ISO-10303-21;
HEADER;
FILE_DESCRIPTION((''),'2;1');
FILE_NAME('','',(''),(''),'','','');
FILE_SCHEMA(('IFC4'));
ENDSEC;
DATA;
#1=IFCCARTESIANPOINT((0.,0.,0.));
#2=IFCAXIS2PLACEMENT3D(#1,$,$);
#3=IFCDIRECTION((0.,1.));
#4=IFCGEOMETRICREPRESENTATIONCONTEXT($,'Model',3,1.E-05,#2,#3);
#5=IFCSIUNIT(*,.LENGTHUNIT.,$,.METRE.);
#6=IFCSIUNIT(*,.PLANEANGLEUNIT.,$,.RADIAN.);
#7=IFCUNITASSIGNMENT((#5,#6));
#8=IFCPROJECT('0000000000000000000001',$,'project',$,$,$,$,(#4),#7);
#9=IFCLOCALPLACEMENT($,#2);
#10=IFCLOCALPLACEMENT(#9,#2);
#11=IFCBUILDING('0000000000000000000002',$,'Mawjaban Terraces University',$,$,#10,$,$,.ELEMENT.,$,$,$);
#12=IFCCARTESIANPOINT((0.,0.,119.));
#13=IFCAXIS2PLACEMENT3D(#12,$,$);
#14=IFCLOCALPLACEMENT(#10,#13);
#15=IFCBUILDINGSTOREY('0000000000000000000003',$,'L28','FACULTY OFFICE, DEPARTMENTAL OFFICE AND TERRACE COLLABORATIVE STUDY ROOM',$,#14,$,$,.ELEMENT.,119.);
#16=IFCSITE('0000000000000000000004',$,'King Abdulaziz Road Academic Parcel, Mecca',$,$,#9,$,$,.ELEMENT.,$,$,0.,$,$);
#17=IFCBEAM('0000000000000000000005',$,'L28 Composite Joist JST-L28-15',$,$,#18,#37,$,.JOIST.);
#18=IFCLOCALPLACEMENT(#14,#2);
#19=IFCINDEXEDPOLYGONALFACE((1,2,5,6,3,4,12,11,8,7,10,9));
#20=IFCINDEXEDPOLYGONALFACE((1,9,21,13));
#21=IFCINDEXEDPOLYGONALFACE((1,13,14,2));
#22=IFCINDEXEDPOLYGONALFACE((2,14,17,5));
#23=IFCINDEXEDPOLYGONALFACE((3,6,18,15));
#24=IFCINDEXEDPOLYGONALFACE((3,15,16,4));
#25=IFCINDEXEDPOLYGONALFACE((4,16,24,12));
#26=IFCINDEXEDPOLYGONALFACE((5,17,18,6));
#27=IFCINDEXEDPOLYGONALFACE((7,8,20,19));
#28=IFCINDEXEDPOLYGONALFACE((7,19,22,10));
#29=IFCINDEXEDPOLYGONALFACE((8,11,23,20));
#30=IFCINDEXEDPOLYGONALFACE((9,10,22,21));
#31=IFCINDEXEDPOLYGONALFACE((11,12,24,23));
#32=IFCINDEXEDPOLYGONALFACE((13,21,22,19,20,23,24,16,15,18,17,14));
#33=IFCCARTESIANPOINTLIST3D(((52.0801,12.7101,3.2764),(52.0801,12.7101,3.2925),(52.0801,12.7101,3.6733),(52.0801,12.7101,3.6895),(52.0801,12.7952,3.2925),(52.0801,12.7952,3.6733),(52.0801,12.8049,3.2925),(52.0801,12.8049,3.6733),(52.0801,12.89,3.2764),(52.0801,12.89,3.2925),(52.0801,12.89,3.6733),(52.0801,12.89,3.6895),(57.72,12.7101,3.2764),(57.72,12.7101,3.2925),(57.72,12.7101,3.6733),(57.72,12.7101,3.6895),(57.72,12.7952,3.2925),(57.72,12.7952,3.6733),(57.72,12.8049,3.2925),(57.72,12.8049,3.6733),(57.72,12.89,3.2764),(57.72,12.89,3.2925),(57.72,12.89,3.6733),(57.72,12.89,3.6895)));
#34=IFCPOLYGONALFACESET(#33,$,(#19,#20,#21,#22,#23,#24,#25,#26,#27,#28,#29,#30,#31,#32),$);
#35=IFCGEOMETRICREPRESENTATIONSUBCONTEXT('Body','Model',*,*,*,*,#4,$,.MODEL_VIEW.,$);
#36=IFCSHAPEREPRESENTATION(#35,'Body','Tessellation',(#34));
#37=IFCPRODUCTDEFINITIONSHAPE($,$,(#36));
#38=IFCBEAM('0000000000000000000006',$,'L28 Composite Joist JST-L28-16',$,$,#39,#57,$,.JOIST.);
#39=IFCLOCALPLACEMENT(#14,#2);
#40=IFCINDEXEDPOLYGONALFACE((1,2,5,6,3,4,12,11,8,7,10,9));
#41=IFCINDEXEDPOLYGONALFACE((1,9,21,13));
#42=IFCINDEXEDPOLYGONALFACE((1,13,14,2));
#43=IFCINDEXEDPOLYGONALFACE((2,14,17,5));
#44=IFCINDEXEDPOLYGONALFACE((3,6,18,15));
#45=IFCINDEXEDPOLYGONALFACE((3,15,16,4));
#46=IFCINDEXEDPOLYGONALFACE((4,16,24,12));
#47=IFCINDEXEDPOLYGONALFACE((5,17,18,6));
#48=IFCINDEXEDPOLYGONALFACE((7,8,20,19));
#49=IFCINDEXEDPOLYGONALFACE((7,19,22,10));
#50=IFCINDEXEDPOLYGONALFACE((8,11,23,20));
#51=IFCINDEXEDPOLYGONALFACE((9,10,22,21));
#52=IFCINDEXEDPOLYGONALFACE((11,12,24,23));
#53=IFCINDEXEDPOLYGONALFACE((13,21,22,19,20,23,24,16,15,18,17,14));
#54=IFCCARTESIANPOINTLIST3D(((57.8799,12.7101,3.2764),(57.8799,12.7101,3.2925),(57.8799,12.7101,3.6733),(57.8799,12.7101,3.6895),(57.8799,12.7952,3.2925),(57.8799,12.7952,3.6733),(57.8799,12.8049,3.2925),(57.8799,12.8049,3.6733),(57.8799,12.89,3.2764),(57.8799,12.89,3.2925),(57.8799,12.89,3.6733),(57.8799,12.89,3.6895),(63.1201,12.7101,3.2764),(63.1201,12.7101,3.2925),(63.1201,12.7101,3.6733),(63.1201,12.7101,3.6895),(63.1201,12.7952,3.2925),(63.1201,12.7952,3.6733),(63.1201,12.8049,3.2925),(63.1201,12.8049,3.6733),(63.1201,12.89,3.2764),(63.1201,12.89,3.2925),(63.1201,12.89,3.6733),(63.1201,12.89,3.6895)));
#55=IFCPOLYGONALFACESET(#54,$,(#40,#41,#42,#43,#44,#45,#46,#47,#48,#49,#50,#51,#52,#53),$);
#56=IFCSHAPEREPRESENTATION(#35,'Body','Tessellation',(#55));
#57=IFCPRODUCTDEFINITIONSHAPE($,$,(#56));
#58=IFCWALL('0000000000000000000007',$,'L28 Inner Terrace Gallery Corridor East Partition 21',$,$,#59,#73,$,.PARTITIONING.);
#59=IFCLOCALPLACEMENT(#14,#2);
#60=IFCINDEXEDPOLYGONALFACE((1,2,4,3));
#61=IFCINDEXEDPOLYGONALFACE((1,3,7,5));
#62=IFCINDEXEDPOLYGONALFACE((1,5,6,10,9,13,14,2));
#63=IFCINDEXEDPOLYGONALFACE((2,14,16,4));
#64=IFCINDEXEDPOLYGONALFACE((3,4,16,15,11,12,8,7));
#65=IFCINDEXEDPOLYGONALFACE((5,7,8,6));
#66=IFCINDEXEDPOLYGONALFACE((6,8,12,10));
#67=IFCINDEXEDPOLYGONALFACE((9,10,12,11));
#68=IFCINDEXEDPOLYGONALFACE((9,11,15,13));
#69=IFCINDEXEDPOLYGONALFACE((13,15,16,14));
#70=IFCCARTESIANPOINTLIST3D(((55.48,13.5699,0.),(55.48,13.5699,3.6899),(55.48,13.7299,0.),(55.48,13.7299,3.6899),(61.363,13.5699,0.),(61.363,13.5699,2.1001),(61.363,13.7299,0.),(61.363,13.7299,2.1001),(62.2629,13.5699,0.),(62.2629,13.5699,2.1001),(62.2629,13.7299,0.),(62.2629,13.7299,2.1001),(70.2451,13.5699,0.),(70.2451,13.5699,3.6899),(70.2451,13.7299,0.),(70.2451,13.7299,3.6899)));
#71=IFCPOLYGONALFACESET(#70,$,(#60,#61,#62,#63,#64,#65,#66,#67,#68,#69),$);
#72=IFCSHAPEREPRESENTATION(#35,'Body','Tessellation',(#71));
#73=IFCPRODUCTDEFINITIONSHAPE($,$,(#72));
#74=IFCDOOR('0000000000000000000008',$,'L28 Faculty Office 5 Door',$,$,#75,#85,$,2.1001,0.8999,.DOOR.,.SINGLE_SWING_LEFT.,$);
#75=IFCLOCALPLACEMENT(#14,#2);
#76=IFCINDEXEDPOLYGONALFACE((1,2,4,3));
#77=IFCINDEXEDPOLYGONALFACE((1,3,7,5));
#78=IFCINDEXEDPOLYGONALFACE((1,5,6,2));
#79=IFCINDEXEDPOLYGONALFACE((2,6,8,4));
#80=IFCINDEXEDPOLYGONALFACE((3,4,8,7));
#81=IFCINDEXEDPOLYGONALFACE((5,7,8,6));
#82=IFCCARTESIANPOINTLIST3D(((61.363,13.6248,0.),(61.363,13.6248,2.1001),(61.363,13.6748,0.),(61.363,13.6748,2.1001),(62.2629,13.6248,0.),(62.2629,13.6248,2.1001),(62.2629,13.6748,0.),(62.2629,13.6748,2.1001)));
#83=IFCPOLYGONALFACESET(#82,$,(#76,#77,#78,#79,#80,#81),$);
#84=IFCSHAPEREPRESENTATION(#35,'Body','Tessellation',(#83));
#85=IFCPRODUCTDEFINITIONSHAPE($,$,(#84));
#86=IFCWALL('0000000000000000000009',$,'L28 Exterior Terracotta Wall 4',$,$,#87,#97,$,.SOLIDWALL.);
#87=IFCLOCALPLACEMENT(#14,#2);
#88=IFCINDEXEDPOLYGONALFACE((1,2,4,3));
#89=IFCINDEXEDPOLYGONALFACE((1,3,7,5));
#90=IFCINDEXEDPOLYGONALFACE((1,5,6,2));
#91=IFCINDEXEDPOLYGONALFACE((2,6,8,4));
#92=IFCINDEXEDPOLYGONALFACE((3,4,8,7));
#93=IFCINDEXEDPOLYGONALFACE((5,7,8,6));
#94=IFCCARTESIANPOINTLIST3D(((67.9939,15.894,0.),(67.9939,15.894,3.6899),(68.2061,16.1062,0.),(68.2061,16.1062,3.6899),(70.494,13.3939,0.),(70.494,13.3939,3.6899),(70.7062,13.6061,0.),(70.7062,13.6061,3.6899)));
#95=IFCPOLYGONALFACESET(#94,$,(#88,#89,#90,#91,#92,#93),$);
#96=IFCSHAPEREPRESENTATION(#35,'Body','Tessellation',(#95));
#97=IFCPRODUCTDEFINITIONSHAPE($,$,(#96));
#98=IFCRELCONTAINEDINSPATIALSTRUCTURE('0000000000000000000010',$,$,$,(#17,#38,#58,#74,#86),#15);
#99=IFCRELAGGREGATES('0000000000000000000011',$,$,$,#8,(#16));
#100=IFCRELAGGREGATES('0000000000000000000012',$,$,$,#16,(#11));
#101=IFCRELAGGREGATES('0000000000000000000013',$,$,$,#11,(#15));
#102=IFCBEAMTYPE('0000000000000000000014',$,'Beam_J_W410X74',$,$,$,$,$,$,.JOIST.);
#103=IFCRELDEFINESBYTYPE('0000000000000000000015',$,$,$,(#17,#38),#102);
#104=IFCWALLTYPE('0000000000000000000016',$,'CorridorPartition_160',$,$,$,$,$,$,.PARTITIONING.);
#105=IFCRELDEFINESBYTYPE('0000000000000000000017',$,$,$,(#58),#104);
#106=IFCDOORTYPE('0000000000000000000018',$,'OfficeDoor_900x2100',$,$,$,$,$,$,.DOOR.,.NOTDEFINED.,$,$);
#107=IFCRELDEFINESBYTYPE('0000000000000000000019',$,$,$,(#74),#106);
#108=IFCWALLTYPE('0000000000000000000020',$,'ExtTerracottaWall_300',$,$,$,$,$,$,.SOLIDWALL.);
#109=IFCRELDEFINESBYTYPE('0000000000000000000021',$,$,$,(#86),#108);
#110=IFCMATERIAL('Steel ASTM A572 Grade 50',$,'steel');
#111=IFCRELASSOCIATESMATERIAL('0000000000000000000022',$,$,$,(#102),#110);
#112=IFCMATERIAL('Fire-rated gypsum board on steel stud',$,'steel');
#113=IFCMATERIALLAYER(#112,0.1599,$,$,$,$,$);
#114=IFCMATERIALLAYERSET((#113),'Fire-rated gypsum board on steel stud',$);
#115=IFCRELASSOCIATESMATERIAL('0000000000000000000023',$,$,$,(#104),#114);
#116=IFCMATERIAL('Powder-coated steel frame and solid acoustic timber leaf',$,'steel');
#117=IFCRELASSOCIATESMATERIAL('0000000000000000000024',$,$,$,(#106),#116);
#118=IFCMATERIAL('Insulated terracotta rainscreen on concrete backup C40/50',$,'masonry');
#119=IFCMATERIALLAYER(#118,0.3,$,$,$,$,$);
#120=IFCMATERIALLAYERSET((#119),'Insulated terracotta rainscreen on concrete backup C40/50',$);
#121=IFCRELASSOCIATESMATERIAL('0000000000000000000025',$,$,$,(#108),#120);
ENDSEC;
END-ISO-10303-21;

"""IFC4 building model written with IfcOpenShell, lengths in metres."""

from ifc_helpers import new_model, si_unit, direction, frame, frame_2d, origin, origin_2d, place, context, subcontext, project, spatial, rectangle, i_section, extrude, material, layer, layer_set, material_profile, profile_set, type_object, element, fill, save


model = new_model("IFC4")

# Units and contexts
model_context = context("Model", 3, precision=1e-05, world=origin(), true_north=direction((0.0, 1.0)))
body_context = subcontext(model_context, "Body", "Model", "MODEL_VIEW")
ifc_project = project(units=[si_unit("LENGTHUNIT", "METRE"), si_unit("PLANEANGLEUNIT", "RADIAN")], contexts=[model_context])

# Site, building, storey
site_placement = place(None, origin())
site = spatial("IfcSite", under=ifc_project, at=site_placement, Name="King Abdulaziz Road Academic Parcel, Mecca", CompositionType="ELEMENT", RefElevation=0.0)
building_placement = place(site_placement, origin())
building = spatial("IfcBuilding", under=site, at=building_placement, Name="Mawjaban Terraces University", CompositionType="ELEMENT")
storey_placement = place(building_placement, frame((0.0, 0.0, 119.0)))
storey = spatial("IfcBuildingStorey", under=building, at=storey_placement, Name="L28", Description="FACULTY OFFICE, DEPARTMENTAL OFFICE AND TERRACE COLLABORATIVE STUDY ROOM", CompositionType="ELEMENT", Elevation=119.0)

# Beams
ifc_material_1 = material(Name="Steel ASTM A572 Grade 50", Category="steel")
ifc_material_profile_1 = material_profile(ifc_material_1, i_section(OverallWidth=0.1799, OverallDepth=0.4131, WebThickness=0.0098, FlangeThickness=0.0161, at=origin_2d()), Name="W410X74")
ifc_profile_set_1 = profile_set([ifc_material_profile_1], Name="Steel ASTM A572 Grade 50")
beam_type_1 = type_object("IfcBeamType", Name="Beam_J_W410X74", PredefinedType="JOIST", material=ifc_profile_set_1)
beam_1_placement = place(storey_placement, frame((52.0801, 12.8, 3.4829), z_axis=(1.0, 0.0, 0.0), x_axis=(0.0, 1.0, 0.0)))
element("IfcBeam", 1, at=beam_1_placement, inside=storey, type_object=beam_type_1, Name="L28 Composite Joist JST-L28-15", PredefinedType="JOIST", context=body_context, shape_type="SweptSolid", body=[
    extrude(i_section(OverallWidth=0.1799, OverallDepth=0.4131, WebThickness=0.0098, FlangeThickness=0.0161, at=origin_2d()), origin(), (0.0, 0.0, 1.0), 5.6399),
])
beam_2_placement = place(storey_placement, frame((57.8799, 12.8, 3.4829), z_axis=(1.0, 0.0, 0.0), x_axis=(0.0, 1.0, 0.0)))
element("IfcBeam", 2, at=beam_2_placement, inside=storey, type_object=beam_type_1, Name="L28 Composite Joist JST-L28-16", PredefinedType="JOIST", context=body_context, shape_type="SweptSolid", body=[
    extrude(i_section(OverallWidth=0.1799, OverallDepth=0.4131, WebThickness=0.0098, FlangeThickness=0.0161, at=origin_2d()), origin(), (0.0, 0.0, 1.0), 5.2402),
])

# Wall, opening, door
ifc_material_2 = material(Name="Fire-rated gypsum board on steel stud", Category="steel")
ifc_layer_1 = layer(ifc_material_2, 0.1599)
ifc_layer_set_1 = layer_set([ifc_layer_1], Name="Fire-rated gypsum board on steel stud")
wall_type_1 = type_object("IfcWallType", Name="CorridorPartition_160", PredefinedType="PARTITIONING", material=ifc_layer_set_1)
wall_1_placement = place(storey_placement, frame((55.48, 13.6499, 0.0), z_axis=(0.0, 0.0, 1.0), x_axis=(1.0, 0.0, 0.0)))
wall_1 = element("IfcWall", 3, at=wall_1_placement, inside=storey, type_object=wall_type_1, Name="L28 Inner Terrace Gallery Corridor East Partition 21", PredefinedType="PARTITIONING", context=body_context, shape_type="SweptSolid", body=[
    extrude(rectangle(XDim=14.7651, YDim=0.1599, at=frame_2d((7.3826, 0.0))), origin(), (0.0, 0.0, 1.0), 3.6899),
])
opening_1_placement = place(wall_1_placement, frame((5.8831, 0.0, 0.0)))
opening_1 = element("IfcOpeningElement", 4, at=opening_1_placement, cuts=wall_1, PredefinedType="OPENING", context=body_context, shape_type="SweptSolid", body=[
    extrude(rectangle(XDim=0.8999, YDim=2.1001, at=frame_2d((0.45, 1.05))), frame((0.0, 0.0898, 0.0), z_axis=(0.0, -1.0, 0.0), x_axis=(1.0, 0.0, 0.0)), (0.0, 0.0, 1.0), 0.1799),
])
ifc_material_3 = material(Name="Powder-coated steel frame and solid acoustic timber leaf", Category="steel")
door_type_1 = type_object("IfcDoorType", Name="OfficeDoor_900x2100", OperationType="NOTDEFINED", PredefinedType="DOOR", material=ifc_material_3)
door_1_placement = place(opening_1_placement, origin())
door_1 = element("IfcDoor", 5, at=door_1_placement, inside=storey, type_object=door_type_1, Name="L28 Faculty Office 5 Door", OperationType="SINGLE_SWING_LEFT", OverallHeight=2.1001, OverallWidth=0.8999, PredefinedType="DOOR", context=body_context, shape_type="SweptSolid", body=[
    extrude(rectangle(XDim=0.8999, YDim=2.1001, at=frame_2d((0.45, 1.05))), frame((0.0, 0.0249, 0.0), z_axis=(0.0, -1.0, 0.0), x_axis=(1.0, 0.0, 0.0)), (0.0, 0.0, 1.0), 0.05),
])
fill(opening_1, door_1)

# Wall
ifc_material_4 = material(Name="Insulated terracotta rainscreen on concrete backup C40/50", Category="masonry")
ifc_layer_2 = layer(ifc_material_4, 0.3)
ifc_layer_set_2 = layer_set([ifc_layer_2], Name="Insulated terracotta rainscreen on concrete backup C40/50")
wall_type_2 = type_object("IfcWallType", Name="ExtTerracottaWall_300", PredefinedType="SOLIDWALL", material=ifc_layer_set_2)
wall_2_placement = place(storey_placement, frame((70.6001, 13.5, 0.0), z_axis=(0.0, 0.0, 1.0), x_axis=(-0.707107, 0.707107, 0.0)))
element("IfcWall", 6, at=wall_2_placement, inside=storey, type_object=wall_type_2, Name="L28 Exterior Terracotta Wall 4", PredefinedType="SOLIDWALL", context=body_context, shape_type="SweptSolid", body=[
    extrude(rectangle(XDim=3.5356, YDim=0.3, at=frame_2d((1.7678, 0.0))), origin(), (0.0, 0.0, 1.0), 3.6899),
])

save(model, "model.ifc")
